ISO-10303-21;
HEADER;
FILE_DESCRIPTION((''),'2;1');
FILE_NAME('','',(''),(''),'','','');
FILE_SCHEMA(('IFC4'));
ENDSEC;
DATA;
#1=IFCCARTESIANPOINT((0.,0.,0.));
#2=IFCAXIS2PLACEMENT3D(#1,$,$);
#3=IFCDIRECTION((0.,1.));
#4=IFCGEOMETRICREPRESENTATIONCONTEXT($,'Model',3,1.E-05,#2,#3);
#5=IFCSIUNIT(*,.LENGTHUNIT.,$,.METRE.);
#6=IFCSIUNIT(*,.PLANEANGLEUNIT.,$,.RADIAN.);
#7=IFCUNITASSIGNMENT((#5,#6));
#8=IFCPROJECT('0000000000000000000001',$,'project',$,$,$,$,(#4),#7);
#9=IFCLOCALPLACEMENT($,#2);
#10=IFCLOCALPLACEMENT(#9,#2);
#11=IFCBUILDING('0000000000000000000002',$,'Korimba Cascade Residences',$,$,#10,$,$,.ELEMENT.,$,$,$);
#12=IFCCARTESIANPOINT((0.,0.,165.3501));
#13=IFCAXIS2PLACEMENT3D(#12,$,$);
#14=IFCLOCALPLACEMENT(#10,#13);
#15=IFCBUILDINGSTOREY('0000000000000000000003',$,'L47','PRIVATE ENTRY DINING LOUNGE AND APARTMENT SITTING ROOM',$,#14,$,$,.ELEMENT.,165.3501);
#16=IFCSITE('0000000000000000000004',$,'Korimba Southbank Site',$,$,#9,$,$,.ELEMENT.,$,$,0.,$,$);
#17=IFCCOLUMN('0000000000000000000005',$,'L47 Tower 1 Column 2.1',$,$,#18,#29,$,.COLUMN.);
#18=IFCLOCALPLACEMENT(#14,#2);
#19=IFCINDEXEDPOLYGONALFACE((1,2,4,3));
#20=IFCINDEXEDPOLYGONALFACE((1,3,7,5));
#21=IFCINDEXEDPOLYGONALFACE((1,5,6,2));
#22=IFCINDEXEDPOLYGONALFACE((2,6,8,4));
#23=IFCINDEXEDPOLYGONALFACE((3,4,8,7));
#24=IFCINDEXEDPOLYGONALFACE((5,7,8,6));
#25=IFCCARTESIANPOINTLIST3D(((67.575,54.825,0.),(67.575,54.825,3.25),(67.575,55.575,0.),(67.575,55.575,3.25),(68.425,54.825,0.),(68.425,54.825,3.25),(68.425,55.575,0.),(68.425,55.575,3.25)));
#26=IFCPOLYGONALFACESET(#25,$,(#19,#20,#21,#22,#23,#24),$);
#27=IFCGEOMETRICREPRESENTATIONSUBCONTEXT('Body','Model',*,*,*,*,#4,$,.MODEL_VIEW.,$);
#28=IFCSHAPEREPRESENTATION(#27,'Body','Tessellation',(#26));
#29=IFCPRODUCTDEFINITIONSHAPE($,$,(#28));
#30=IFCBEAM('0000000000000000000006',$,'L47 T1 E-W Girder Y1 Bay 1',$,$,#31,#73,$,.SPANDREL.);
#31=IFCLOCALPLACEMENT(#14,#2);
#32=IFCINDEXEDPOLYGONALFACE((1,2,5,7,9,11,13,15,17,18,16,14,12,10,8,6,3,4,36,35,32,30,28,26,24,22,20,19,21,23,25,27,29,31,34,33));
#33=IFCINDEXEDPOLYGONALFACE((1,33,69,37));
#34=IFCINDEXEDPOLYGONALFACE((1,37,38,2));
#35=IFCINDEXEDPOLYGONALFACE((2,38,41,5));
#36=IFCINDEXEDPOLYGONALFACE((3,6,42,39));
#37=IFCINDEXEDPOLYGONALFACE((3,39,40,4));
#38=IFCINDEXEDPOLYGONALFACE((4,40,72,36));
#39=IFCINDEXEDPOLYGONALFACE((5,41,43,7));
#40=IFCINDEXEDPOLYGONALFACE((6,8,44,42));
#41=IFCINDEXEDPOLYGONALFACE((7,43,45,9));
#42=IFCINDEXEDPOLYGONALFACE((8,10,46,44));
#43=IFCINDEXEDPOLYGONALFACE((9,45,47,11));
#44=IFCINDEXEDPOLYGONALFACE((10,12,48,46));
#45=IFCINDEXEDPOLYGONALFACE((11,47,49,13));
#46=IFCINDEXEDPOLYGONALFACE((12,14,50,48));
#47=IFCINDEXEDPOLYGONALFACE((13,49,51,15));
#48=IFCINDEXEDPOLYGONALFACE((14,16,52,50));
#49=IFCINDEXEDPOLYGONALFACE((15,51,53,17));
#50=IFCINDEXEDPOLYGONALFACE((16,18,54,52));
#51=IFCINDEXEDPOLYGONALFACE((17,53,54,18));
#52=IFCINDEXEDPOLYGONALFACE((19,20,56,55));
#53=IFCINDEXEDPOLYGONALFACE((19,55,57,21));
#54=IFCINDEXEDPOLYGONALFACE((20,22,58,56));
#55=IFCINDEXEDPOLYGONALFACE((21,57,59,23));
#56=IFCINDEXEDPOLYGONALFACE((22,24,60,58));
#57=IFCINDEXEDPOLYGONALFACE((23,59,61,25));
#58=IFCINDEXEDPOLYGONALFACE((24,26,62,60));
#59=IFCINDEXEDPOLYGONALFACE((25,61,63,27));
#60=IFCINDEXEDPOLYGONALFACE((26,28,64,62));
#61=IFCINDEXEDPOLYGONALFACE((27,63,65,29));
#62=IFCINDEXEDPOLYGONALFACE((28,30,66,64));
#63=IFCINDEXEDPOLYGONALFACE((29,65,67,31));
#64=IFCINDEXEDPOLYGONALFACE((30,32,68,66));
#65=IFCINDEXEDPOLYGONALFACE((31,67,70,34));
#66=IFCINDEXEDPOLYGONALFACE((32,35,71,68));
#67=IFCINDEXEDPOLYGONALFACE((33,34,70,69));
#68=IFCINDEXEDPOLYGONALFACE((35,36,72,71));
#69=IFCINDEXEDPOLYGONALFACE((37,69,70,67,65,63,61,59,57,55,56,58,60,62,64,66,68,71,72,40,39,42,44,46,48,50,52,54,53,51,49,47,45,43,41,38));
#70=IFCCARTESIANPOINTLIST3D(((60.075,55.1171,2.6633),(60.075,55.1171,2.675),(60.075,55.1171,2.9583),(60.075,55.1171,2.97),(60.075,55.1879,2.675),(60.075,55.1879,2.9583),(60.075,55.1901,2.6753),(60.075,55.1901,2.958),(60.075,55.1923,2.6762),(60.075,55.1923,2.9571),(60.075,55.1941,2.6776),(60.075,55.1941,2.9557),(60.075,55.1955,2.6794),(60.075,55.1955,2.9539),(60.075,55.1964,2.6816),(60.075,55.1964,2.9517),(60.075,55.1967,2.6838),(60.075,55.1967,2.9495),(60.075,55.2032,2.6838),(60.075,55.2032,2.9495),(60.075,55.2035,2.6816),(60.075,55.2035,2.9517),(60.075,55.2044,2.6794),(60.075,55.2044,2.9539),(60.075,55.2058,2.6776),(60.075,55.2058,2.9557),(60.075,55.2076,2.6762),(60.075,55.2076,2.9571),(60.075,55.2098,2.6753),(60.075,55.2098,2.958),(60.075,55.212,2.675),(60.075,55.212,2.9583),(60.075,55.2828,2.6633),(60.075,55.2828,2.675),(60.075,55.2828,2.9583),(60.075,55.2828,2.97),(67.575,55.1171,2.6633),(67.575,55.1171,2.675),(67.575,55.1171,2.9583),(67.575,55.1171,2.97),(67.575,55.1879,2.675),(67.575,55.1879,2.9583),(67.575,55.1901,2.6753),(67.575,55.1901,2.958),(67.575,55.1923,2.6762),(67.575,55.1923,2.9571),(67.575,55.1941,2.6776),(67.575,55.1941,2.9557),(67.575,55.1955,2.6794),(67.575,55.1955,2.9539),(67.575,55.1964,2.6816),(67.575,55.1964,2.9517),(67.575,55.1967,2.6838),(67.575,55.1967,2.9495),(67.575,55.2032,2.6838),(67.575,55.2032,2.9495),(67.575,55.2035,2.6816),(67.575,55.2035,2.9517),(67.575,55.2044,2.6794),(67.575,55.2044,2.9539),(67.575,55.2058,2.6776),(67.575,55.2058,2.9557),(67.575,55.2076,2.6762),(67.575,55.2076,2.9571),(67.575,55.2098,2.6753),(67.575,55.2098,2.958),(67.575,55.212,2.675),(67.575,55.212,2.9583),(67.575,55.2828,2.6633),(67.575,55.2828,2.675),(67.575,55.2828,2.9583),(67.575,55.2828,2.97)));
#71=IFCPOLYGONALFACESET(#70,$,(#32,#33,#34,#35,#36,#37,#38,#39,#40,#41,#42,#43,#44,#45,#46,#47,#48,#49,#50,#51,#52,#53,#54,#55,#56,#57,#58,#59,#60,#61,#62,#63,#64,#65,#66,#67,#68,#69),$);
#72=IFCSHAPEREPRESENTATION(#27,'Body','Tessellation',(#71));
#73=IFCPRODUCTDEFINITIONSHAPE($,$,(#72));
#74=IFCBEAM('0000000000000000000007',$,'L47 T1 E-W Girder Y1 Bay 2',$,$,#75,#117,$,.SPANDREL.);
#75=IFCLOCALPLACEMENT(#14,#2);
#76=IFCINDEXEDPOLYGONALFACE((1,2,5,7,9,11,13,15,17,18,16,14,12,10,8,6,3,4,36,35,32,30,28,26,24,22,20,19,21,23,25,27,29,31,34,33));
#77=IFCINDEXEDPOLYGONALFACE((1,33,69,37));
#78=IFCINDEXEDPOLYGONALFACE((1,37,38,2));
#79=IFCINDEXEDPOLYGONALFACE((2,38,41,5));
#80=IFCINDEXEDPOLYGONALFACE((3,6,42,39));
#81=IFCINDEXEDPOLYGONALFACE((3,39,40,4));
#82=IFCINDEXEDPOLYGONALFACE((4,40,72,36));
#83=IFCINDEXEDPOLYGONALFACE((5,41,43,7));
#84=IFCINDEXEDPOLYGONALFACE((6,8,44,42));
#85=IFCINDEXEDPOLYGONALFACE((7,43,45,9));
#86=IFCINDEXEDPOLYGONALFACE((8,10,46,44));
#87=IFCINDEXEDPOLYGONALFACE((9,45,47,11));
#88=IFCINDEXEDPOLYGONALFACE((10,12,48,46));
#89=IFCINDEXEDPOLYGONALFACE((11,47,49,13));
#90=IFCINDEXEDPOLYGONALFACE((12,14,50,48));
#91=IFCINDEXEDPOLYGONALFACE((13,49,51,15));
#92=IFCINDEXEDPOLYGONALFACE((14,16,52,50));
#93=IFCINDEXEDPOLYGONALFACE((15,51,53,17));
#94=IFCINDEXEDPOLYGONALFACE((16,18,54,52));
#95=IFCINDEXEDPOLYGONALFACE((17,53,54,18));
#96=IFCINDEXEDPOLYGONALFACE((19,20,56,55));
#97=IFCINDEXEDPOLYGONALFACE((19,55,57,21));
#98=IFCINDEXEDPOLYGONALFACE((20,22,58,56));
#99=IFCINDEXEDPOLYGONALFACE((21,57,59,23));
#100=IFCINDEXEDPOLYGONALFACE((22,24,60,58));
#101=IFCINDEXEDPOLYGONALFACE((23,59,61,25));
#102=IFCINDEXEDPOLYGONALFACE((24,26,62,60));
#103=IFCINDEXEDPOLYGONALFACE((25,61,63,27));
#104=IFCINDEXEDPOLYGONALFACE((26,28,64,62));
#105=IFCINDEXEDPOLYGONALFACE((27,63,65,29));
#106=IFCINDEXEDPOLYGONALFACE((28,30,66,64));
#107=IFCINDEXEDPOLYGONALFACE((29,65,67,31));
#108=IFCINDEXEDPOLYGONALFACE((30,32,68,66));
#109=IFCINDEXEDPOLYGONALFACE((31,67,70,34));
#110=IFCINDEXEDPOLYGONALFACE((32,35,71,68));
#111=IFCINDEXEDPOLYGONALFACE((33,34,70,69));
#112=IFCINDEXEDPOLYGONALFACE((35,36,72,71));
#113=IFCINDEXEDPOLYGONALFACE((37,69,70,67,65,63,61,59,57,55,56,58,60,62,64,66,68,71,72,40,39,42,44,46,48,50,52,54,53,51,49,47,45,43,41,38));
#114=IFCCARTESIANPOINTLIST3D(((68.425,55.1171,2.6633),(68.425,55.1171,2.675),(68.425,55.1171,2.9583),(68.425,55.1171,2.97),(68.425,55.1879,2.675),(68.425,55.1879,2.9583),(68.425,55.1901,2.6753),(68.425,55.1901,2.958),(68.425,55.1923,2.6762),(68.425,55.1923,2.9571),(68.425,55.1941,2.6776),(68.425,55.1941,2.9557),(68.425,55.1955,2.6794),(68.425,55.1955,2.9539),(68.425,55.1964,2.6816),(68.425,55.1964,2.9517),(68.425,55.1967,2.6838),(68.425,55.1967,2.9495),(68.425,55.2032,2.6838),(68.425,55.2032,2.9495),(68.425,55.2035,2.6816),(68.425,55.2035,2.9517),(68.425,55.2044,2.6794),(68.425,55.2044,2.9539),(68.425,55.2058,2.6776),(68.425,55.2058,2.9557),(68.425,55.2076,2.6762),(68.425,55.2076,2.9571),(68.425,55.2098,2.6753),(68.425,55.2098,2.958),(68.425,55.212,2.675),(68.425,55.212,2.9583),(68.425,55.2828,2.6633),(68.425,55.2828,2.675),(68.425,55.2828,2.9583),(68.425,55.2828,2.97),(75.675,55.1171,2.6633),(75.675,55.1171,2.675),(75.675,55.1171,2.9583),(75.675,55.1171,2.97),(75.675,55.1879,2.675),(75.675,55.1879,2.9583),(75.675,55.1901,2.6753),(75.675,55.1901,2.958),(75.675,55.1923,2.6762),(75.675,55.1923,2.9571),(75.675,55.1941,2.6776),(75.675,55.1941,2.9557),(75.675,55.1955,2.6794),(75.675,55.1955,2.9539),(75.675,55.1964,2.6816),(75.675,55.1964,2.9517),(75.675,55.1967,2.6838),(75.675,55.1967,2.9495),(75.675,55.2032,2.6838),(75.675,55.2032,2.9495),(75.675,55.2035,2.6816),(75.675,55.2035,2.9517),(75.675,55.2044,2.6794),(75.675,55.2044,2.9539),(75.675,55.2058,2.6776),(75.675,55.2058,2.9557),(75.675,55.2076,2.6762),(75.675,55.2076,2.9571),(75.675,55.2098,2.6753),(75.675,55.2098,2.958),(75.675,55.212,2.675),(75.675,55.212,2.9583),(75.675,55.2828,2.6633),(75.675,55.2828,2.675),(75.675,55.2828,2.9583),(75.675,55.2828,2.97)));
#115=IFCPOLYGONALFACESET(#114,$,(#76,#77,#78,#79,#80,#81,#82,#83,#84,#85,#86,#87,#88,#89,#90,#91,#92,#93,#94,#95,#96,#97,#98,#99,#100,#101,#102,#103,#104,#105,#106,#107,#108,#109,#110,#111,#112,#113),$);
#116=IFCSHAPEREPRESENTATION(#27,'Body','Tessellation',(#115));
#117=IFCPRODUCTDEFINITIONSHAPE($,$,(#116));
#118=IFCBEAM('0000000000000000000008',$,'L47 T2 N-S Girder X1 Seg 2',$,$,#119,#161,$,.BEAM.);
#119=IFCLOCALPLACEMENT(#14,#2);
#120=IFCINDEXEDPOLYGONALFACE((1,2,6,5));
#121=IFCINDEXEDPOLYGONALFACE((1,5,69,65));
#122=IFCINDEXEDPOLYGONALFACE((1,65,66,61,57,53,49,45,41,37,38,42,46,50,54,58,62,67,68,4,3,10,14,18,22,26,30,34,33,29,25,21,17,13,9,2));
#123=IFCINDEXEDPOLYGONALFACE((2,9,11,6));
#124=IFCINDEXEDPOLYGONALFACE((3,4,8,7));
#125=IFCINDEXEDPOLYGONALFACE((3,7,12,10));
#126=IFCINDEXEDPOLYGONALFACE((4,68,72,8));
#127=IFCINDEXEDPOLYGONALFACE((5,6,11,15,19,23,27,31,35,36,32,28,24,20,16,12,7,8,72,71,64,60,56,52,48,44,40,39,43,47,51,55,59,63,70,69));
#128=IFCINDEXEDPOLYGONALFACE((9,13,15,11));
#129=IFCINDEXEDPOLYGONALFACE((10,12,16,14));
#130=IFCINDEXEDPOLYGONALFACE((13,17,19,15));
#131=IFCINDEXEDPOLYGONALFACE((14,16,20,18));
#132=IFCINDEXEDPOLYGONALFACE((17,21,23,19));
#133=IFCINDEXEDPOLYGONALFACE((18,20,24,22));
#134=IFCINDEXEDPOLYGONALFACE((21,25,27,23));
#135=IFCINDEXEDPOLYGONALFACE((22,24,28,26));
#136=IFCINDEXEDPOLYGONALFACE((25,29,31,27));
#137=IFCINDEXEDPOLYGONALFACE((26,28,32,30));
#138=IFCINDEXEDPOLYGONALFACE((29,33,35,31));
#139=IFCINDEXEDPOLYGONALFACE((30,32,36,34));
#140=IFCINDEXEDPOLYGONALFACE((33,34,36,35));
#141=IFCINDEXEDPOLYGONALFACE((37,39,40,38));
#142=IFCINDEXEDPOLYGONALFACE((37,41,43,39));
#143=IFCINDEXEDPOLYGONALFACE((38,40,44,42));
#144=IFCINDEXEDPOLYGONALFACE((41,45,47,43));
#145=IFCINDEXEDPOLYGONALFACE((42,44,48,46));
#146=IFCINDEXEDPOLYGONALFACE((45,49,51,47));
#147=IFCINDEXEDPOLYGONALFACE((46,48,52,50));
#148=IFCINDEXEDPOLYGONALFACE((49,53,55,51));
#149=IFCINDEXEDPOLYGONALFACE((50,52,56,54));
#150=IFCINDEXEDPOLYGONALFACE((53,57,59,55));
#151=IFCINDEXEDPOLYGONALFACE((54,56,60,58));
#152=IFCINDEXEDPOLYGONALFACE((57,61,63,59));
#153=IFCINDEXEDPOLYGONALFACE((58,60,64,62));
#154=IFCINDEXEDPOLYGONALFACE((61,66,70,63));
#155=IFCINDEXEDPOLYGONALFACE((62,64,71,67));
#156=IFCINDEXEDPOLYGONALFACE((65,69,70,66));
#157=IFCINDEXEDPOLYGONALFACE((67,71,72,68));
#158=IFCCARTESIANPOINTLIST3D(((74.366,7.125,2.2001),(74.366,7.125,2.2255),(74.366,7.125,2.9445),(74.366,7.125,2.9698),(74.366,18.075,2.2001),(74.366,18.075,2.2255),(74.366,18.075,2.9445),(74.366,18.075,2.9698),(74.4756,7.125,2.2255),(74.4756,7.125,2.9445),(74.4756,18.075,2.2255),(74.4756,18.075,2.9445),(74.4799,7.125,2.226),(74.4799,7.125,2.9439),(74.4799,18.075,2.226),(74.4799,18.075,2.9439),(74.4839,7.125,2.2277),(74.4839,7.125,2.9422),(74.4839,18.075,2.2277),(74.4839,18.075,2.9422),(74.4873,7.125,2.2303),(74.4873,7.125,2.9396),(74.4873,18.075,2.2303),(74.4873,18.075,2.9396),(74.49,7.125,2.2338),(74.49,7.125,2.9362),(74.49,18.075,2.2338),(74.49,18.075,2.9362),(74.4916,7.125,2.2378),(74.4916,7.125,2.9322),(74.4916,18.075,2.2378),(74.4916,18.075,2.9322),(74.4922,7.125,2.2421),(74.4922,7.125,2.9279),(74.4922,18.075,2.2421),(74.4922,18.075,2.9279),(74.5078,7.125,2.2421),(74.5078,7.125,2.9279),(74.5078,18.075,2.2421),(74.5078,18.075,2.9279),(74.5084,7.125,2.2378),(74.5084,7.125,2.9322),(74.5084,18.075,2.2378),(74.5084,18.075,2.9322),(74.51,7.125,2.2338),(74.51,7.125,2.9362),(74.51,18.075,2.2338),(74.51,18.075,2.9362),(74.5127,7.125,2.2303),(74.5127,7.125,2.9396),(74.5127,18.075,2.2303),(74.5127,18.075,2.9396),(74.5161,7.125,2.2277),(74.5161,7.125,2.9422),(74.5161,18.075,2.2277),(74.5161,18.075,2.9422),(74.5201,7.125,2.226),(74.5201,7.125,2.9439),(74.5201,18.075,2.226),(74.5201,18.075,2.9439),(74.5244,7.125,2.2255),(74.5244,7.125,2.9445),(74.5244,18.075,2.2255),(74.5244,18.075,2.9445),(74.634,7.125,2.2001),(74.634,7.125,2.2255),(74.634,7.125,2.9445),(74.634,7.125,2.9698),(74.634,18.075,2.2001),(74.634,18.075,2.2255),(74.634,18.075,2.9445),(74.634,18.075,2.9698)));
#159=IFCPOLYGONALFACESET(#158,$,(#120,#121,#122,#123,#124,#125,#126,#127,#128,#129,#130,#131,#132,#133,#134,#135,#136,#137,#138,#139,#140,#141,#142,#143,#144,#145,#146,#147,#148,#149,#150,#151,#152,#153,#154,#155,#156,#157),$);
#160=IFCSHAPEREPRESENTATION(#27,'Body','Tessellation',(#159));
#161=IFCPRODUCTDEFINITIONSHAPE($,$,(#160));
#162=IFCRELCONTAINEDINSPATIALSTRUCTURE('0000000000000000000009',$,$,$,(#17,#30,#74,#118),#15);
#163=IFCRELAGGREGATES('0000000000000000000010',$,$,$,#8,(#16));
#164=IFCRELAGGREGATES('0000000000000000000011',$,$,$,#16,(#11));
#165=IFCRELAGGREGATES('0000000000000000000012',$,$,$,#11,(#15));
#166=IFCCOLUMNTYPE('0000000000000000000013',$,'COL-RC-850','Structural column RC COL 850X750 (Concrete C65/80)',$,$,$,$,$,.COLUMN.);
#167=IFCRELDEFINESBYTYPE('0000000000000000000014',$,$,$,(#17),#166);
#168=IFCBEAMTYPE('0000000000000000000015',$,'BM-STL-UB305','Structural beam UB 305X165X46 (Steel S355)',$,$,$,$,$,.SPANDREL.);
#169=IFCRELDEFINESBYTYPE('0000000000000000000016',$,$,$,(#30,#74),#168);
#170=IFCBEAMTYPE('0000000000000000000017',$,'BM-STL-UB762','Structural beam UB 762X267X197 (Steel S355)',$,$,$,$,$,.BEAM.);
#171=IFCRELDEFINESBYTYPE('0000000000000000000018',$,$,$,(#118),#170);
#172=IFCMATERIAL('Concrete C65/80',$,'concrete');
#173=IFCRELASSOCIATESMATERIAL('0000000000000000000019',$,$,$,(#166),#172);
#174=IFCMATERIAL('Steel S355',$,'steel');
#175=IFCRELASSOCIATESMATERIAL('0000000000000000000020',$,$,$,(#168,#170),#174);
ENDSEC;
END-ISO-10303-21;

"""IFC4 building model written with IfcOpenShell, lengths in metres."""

from ifc_helpers import new_model, si_unit, direction, frame, origin, origin_2d, place, context, subcontext, project, spatial, rectangle, i_section, extrude, material, material_profile, profile_set, type_object, element, save


model = new_model("IFC4")

# Units and contexts
model_context = context("Model", 3, precision=1e-05, world=origin(), true_north=direction((0.0, 1.0)))
body_context = subcontext(model_context, "Body", "Model", "MODEL_VIEW")
ifc_project = project(units=[si_unit("LENGTHUNIT", "METRE"), si_unit("PLANEANGLEUNIT", "RADIAN")], contexts=[model_context])

# Site, building, storey
site_placement = place(None, origin())
site = spatial("IfcSite", under=ifc_project, at=site_placement, Name="Korimba Southbank Site", CompositionType="ELEMENT", RefElevation=0.0)
building_placement = place(site_placement, origin())
building = spatial("IfcBuilding", under=site, at=building_placement, Name="Korimba Cascade Residences", CompositionType="ELEMENT")
storey_placement = place(building_placement, frame((0.0, 0.0, 165.3501)))
storey = spatial("IfcBuildingStorey", under=building, at=storey_placement, Name="L47", Description="PRIVATE ENTRY DINING LOUNGE AND APARTMENT SITTING ROOM", CompositionType="ELEMENT", Elevation=165.3501)

# Column
ifc_material_1 = material(Name="Concrete C65/80", Category="concrete")
ifc_material_profile_1 = material_profile(ifc_material_1, rectangle(XDim=0.8501, YDim=0.75, at=origin_2d()), Name="Concrete C65/80")
ifc_profile_set_1 = profile_set([ifc_material_profile_1], Name="Concrete C65/80")
column_type = type_object("IfcColumnType", Name="COL-RC-850", Description="Structural column RC COL 850X750 (Concrete C65/80)", PredefinedType="COLUMN", material=ifc_profile_set_1)
column_placement = place(storey_placement, frame((68.0, 55.2, 0.0), z_axis=(0.0, 0.0, 1.0), x_axis=(1.0, 0.0, 0.0)))
element("IfcColumn", 1, at=column_placement, inside=storey, type_object=column_type, Name="L47 Tower 1 Column 2.1", PredefinedType="COLUMN", context=body_context, shape_type="SweptSolid", body=[
    extrude(rectangle(XDim=0.8501, YDim=0.75, at=origin_2d()), origin(), (0.0, 0.0, 1.0), 3.25),
])

# Beams
ifc_material_2 = material(Name="Steel S355", Category="steel")
ifc_material_profile_2 = material_profile(ifc_material_2, i_section(OverallWidth=0.1658, OverallDepth=0.3066, WebThickness=0.0066, FlangeThickness=0.0117, FilletRadius=0.0088, at=origin_2d()), Name="Steel S355")
ifc_profile_set_2 = profile_set([ifc_material_profile_2], Name="Steel S355")
beam_type_1 = type_object("IfcBeamType", Name="BM-STL-UB305", Description="Structural beam UB 305X165X46 (Steel S355)", PredefinedType="SPANDREL", material=ifc_profile_set_2)
beam_1_placement = place(storey_placement, frame((60.075, 55.2, 2.8167), z_axis=(1.0, 0.0, 0.0), x_axis=(0.0, 1.0, 0.0)))
element("IfcBeam", 2, at=beam_1_placement, inside=storey, type_object=beam_type_1, Name="L47 T1 E-W Girder Y1 Bay 1", PredefinedType="SPANDREL", context=body_context, shape_type="SweptSolid", body=[
    extrude(i_section(OverallWidth=0.1658, OverallDepth=0.3066, WebThickness=0.0066, FlangeThickness=0.0117, FilletRadius=0.0088, at=origin_2d()), origin(), (0.0, 0.0, 1.0), 7.5),
])
beam_2_placement = place(storey_placement, frame((68.425, 55.2, 2.8167), z_axis=(1.0, 0.0, 0.0), x_axis=(0.0, 1.0, 0.0)))
element("IfcBeam", 3, at=beam_2_placement, inside=storey, type_object=beam_type_1, Name="L47 T1 E-W Girder Y1 Bay 2", PredefinedType="SPANDREL", context=body_context, shape_type="SweptSolid", body=[
    extrude(i_section(OverallWidth=0.1658, OverallDepth=0.3066, WebThickness=0.0066, FlangeThickness=0.0117, FilletRadius=0.0088, at=origin_2d()), origin(), (0.0, 0.0, 1.0), 7.25),
])
ifc_material_profile_3 = material_profile(ifc_material_2, i_section(OverallWidth=0.2681, OverallDepth=0.7698, WebThickness=0.0156, FlangeThickness=0.0254, FilletRadius=0.0166, at=origin_2d()), Name="Steel S355")
ifc_profile_set_3 = profile_set([ifc_material_profile_3], Name="Steel S355")
beam_type_2 = type_object("IfcBeamType", Name="BM-STL-UB762", Description="Structural beam UB 762X267X197 (Steel S355)", PredefinedType="BEAM", material=ifc_profile_set_3)
beam_3_placement = place(storey_placement, frame((74.5, 7.125, 2.585), z_axis=(0.0, 1.0, 0.0), x_axis=(-1.0, 0.0, 0.0)))
element("IfcBeam", 4, at=beam_3_placement, inside=storey, type_object=beam_type_2, Name="L47 T2 N-S Girder X1 Seg 2", PredefinedType="BEAM", context=body_context, shape_type="SweptSolid", body=[
    extrude(i_section(OverallWidth=0.2681, OverallDepth=0.7698, WebThickness=0.0156, FlangeThickness=0.0254, FilletRadius=0.0166, at=origin_2d()), origin(), (0.0, 0.0, 1.0), 10.95),
])

save(model, "model.ifc")
